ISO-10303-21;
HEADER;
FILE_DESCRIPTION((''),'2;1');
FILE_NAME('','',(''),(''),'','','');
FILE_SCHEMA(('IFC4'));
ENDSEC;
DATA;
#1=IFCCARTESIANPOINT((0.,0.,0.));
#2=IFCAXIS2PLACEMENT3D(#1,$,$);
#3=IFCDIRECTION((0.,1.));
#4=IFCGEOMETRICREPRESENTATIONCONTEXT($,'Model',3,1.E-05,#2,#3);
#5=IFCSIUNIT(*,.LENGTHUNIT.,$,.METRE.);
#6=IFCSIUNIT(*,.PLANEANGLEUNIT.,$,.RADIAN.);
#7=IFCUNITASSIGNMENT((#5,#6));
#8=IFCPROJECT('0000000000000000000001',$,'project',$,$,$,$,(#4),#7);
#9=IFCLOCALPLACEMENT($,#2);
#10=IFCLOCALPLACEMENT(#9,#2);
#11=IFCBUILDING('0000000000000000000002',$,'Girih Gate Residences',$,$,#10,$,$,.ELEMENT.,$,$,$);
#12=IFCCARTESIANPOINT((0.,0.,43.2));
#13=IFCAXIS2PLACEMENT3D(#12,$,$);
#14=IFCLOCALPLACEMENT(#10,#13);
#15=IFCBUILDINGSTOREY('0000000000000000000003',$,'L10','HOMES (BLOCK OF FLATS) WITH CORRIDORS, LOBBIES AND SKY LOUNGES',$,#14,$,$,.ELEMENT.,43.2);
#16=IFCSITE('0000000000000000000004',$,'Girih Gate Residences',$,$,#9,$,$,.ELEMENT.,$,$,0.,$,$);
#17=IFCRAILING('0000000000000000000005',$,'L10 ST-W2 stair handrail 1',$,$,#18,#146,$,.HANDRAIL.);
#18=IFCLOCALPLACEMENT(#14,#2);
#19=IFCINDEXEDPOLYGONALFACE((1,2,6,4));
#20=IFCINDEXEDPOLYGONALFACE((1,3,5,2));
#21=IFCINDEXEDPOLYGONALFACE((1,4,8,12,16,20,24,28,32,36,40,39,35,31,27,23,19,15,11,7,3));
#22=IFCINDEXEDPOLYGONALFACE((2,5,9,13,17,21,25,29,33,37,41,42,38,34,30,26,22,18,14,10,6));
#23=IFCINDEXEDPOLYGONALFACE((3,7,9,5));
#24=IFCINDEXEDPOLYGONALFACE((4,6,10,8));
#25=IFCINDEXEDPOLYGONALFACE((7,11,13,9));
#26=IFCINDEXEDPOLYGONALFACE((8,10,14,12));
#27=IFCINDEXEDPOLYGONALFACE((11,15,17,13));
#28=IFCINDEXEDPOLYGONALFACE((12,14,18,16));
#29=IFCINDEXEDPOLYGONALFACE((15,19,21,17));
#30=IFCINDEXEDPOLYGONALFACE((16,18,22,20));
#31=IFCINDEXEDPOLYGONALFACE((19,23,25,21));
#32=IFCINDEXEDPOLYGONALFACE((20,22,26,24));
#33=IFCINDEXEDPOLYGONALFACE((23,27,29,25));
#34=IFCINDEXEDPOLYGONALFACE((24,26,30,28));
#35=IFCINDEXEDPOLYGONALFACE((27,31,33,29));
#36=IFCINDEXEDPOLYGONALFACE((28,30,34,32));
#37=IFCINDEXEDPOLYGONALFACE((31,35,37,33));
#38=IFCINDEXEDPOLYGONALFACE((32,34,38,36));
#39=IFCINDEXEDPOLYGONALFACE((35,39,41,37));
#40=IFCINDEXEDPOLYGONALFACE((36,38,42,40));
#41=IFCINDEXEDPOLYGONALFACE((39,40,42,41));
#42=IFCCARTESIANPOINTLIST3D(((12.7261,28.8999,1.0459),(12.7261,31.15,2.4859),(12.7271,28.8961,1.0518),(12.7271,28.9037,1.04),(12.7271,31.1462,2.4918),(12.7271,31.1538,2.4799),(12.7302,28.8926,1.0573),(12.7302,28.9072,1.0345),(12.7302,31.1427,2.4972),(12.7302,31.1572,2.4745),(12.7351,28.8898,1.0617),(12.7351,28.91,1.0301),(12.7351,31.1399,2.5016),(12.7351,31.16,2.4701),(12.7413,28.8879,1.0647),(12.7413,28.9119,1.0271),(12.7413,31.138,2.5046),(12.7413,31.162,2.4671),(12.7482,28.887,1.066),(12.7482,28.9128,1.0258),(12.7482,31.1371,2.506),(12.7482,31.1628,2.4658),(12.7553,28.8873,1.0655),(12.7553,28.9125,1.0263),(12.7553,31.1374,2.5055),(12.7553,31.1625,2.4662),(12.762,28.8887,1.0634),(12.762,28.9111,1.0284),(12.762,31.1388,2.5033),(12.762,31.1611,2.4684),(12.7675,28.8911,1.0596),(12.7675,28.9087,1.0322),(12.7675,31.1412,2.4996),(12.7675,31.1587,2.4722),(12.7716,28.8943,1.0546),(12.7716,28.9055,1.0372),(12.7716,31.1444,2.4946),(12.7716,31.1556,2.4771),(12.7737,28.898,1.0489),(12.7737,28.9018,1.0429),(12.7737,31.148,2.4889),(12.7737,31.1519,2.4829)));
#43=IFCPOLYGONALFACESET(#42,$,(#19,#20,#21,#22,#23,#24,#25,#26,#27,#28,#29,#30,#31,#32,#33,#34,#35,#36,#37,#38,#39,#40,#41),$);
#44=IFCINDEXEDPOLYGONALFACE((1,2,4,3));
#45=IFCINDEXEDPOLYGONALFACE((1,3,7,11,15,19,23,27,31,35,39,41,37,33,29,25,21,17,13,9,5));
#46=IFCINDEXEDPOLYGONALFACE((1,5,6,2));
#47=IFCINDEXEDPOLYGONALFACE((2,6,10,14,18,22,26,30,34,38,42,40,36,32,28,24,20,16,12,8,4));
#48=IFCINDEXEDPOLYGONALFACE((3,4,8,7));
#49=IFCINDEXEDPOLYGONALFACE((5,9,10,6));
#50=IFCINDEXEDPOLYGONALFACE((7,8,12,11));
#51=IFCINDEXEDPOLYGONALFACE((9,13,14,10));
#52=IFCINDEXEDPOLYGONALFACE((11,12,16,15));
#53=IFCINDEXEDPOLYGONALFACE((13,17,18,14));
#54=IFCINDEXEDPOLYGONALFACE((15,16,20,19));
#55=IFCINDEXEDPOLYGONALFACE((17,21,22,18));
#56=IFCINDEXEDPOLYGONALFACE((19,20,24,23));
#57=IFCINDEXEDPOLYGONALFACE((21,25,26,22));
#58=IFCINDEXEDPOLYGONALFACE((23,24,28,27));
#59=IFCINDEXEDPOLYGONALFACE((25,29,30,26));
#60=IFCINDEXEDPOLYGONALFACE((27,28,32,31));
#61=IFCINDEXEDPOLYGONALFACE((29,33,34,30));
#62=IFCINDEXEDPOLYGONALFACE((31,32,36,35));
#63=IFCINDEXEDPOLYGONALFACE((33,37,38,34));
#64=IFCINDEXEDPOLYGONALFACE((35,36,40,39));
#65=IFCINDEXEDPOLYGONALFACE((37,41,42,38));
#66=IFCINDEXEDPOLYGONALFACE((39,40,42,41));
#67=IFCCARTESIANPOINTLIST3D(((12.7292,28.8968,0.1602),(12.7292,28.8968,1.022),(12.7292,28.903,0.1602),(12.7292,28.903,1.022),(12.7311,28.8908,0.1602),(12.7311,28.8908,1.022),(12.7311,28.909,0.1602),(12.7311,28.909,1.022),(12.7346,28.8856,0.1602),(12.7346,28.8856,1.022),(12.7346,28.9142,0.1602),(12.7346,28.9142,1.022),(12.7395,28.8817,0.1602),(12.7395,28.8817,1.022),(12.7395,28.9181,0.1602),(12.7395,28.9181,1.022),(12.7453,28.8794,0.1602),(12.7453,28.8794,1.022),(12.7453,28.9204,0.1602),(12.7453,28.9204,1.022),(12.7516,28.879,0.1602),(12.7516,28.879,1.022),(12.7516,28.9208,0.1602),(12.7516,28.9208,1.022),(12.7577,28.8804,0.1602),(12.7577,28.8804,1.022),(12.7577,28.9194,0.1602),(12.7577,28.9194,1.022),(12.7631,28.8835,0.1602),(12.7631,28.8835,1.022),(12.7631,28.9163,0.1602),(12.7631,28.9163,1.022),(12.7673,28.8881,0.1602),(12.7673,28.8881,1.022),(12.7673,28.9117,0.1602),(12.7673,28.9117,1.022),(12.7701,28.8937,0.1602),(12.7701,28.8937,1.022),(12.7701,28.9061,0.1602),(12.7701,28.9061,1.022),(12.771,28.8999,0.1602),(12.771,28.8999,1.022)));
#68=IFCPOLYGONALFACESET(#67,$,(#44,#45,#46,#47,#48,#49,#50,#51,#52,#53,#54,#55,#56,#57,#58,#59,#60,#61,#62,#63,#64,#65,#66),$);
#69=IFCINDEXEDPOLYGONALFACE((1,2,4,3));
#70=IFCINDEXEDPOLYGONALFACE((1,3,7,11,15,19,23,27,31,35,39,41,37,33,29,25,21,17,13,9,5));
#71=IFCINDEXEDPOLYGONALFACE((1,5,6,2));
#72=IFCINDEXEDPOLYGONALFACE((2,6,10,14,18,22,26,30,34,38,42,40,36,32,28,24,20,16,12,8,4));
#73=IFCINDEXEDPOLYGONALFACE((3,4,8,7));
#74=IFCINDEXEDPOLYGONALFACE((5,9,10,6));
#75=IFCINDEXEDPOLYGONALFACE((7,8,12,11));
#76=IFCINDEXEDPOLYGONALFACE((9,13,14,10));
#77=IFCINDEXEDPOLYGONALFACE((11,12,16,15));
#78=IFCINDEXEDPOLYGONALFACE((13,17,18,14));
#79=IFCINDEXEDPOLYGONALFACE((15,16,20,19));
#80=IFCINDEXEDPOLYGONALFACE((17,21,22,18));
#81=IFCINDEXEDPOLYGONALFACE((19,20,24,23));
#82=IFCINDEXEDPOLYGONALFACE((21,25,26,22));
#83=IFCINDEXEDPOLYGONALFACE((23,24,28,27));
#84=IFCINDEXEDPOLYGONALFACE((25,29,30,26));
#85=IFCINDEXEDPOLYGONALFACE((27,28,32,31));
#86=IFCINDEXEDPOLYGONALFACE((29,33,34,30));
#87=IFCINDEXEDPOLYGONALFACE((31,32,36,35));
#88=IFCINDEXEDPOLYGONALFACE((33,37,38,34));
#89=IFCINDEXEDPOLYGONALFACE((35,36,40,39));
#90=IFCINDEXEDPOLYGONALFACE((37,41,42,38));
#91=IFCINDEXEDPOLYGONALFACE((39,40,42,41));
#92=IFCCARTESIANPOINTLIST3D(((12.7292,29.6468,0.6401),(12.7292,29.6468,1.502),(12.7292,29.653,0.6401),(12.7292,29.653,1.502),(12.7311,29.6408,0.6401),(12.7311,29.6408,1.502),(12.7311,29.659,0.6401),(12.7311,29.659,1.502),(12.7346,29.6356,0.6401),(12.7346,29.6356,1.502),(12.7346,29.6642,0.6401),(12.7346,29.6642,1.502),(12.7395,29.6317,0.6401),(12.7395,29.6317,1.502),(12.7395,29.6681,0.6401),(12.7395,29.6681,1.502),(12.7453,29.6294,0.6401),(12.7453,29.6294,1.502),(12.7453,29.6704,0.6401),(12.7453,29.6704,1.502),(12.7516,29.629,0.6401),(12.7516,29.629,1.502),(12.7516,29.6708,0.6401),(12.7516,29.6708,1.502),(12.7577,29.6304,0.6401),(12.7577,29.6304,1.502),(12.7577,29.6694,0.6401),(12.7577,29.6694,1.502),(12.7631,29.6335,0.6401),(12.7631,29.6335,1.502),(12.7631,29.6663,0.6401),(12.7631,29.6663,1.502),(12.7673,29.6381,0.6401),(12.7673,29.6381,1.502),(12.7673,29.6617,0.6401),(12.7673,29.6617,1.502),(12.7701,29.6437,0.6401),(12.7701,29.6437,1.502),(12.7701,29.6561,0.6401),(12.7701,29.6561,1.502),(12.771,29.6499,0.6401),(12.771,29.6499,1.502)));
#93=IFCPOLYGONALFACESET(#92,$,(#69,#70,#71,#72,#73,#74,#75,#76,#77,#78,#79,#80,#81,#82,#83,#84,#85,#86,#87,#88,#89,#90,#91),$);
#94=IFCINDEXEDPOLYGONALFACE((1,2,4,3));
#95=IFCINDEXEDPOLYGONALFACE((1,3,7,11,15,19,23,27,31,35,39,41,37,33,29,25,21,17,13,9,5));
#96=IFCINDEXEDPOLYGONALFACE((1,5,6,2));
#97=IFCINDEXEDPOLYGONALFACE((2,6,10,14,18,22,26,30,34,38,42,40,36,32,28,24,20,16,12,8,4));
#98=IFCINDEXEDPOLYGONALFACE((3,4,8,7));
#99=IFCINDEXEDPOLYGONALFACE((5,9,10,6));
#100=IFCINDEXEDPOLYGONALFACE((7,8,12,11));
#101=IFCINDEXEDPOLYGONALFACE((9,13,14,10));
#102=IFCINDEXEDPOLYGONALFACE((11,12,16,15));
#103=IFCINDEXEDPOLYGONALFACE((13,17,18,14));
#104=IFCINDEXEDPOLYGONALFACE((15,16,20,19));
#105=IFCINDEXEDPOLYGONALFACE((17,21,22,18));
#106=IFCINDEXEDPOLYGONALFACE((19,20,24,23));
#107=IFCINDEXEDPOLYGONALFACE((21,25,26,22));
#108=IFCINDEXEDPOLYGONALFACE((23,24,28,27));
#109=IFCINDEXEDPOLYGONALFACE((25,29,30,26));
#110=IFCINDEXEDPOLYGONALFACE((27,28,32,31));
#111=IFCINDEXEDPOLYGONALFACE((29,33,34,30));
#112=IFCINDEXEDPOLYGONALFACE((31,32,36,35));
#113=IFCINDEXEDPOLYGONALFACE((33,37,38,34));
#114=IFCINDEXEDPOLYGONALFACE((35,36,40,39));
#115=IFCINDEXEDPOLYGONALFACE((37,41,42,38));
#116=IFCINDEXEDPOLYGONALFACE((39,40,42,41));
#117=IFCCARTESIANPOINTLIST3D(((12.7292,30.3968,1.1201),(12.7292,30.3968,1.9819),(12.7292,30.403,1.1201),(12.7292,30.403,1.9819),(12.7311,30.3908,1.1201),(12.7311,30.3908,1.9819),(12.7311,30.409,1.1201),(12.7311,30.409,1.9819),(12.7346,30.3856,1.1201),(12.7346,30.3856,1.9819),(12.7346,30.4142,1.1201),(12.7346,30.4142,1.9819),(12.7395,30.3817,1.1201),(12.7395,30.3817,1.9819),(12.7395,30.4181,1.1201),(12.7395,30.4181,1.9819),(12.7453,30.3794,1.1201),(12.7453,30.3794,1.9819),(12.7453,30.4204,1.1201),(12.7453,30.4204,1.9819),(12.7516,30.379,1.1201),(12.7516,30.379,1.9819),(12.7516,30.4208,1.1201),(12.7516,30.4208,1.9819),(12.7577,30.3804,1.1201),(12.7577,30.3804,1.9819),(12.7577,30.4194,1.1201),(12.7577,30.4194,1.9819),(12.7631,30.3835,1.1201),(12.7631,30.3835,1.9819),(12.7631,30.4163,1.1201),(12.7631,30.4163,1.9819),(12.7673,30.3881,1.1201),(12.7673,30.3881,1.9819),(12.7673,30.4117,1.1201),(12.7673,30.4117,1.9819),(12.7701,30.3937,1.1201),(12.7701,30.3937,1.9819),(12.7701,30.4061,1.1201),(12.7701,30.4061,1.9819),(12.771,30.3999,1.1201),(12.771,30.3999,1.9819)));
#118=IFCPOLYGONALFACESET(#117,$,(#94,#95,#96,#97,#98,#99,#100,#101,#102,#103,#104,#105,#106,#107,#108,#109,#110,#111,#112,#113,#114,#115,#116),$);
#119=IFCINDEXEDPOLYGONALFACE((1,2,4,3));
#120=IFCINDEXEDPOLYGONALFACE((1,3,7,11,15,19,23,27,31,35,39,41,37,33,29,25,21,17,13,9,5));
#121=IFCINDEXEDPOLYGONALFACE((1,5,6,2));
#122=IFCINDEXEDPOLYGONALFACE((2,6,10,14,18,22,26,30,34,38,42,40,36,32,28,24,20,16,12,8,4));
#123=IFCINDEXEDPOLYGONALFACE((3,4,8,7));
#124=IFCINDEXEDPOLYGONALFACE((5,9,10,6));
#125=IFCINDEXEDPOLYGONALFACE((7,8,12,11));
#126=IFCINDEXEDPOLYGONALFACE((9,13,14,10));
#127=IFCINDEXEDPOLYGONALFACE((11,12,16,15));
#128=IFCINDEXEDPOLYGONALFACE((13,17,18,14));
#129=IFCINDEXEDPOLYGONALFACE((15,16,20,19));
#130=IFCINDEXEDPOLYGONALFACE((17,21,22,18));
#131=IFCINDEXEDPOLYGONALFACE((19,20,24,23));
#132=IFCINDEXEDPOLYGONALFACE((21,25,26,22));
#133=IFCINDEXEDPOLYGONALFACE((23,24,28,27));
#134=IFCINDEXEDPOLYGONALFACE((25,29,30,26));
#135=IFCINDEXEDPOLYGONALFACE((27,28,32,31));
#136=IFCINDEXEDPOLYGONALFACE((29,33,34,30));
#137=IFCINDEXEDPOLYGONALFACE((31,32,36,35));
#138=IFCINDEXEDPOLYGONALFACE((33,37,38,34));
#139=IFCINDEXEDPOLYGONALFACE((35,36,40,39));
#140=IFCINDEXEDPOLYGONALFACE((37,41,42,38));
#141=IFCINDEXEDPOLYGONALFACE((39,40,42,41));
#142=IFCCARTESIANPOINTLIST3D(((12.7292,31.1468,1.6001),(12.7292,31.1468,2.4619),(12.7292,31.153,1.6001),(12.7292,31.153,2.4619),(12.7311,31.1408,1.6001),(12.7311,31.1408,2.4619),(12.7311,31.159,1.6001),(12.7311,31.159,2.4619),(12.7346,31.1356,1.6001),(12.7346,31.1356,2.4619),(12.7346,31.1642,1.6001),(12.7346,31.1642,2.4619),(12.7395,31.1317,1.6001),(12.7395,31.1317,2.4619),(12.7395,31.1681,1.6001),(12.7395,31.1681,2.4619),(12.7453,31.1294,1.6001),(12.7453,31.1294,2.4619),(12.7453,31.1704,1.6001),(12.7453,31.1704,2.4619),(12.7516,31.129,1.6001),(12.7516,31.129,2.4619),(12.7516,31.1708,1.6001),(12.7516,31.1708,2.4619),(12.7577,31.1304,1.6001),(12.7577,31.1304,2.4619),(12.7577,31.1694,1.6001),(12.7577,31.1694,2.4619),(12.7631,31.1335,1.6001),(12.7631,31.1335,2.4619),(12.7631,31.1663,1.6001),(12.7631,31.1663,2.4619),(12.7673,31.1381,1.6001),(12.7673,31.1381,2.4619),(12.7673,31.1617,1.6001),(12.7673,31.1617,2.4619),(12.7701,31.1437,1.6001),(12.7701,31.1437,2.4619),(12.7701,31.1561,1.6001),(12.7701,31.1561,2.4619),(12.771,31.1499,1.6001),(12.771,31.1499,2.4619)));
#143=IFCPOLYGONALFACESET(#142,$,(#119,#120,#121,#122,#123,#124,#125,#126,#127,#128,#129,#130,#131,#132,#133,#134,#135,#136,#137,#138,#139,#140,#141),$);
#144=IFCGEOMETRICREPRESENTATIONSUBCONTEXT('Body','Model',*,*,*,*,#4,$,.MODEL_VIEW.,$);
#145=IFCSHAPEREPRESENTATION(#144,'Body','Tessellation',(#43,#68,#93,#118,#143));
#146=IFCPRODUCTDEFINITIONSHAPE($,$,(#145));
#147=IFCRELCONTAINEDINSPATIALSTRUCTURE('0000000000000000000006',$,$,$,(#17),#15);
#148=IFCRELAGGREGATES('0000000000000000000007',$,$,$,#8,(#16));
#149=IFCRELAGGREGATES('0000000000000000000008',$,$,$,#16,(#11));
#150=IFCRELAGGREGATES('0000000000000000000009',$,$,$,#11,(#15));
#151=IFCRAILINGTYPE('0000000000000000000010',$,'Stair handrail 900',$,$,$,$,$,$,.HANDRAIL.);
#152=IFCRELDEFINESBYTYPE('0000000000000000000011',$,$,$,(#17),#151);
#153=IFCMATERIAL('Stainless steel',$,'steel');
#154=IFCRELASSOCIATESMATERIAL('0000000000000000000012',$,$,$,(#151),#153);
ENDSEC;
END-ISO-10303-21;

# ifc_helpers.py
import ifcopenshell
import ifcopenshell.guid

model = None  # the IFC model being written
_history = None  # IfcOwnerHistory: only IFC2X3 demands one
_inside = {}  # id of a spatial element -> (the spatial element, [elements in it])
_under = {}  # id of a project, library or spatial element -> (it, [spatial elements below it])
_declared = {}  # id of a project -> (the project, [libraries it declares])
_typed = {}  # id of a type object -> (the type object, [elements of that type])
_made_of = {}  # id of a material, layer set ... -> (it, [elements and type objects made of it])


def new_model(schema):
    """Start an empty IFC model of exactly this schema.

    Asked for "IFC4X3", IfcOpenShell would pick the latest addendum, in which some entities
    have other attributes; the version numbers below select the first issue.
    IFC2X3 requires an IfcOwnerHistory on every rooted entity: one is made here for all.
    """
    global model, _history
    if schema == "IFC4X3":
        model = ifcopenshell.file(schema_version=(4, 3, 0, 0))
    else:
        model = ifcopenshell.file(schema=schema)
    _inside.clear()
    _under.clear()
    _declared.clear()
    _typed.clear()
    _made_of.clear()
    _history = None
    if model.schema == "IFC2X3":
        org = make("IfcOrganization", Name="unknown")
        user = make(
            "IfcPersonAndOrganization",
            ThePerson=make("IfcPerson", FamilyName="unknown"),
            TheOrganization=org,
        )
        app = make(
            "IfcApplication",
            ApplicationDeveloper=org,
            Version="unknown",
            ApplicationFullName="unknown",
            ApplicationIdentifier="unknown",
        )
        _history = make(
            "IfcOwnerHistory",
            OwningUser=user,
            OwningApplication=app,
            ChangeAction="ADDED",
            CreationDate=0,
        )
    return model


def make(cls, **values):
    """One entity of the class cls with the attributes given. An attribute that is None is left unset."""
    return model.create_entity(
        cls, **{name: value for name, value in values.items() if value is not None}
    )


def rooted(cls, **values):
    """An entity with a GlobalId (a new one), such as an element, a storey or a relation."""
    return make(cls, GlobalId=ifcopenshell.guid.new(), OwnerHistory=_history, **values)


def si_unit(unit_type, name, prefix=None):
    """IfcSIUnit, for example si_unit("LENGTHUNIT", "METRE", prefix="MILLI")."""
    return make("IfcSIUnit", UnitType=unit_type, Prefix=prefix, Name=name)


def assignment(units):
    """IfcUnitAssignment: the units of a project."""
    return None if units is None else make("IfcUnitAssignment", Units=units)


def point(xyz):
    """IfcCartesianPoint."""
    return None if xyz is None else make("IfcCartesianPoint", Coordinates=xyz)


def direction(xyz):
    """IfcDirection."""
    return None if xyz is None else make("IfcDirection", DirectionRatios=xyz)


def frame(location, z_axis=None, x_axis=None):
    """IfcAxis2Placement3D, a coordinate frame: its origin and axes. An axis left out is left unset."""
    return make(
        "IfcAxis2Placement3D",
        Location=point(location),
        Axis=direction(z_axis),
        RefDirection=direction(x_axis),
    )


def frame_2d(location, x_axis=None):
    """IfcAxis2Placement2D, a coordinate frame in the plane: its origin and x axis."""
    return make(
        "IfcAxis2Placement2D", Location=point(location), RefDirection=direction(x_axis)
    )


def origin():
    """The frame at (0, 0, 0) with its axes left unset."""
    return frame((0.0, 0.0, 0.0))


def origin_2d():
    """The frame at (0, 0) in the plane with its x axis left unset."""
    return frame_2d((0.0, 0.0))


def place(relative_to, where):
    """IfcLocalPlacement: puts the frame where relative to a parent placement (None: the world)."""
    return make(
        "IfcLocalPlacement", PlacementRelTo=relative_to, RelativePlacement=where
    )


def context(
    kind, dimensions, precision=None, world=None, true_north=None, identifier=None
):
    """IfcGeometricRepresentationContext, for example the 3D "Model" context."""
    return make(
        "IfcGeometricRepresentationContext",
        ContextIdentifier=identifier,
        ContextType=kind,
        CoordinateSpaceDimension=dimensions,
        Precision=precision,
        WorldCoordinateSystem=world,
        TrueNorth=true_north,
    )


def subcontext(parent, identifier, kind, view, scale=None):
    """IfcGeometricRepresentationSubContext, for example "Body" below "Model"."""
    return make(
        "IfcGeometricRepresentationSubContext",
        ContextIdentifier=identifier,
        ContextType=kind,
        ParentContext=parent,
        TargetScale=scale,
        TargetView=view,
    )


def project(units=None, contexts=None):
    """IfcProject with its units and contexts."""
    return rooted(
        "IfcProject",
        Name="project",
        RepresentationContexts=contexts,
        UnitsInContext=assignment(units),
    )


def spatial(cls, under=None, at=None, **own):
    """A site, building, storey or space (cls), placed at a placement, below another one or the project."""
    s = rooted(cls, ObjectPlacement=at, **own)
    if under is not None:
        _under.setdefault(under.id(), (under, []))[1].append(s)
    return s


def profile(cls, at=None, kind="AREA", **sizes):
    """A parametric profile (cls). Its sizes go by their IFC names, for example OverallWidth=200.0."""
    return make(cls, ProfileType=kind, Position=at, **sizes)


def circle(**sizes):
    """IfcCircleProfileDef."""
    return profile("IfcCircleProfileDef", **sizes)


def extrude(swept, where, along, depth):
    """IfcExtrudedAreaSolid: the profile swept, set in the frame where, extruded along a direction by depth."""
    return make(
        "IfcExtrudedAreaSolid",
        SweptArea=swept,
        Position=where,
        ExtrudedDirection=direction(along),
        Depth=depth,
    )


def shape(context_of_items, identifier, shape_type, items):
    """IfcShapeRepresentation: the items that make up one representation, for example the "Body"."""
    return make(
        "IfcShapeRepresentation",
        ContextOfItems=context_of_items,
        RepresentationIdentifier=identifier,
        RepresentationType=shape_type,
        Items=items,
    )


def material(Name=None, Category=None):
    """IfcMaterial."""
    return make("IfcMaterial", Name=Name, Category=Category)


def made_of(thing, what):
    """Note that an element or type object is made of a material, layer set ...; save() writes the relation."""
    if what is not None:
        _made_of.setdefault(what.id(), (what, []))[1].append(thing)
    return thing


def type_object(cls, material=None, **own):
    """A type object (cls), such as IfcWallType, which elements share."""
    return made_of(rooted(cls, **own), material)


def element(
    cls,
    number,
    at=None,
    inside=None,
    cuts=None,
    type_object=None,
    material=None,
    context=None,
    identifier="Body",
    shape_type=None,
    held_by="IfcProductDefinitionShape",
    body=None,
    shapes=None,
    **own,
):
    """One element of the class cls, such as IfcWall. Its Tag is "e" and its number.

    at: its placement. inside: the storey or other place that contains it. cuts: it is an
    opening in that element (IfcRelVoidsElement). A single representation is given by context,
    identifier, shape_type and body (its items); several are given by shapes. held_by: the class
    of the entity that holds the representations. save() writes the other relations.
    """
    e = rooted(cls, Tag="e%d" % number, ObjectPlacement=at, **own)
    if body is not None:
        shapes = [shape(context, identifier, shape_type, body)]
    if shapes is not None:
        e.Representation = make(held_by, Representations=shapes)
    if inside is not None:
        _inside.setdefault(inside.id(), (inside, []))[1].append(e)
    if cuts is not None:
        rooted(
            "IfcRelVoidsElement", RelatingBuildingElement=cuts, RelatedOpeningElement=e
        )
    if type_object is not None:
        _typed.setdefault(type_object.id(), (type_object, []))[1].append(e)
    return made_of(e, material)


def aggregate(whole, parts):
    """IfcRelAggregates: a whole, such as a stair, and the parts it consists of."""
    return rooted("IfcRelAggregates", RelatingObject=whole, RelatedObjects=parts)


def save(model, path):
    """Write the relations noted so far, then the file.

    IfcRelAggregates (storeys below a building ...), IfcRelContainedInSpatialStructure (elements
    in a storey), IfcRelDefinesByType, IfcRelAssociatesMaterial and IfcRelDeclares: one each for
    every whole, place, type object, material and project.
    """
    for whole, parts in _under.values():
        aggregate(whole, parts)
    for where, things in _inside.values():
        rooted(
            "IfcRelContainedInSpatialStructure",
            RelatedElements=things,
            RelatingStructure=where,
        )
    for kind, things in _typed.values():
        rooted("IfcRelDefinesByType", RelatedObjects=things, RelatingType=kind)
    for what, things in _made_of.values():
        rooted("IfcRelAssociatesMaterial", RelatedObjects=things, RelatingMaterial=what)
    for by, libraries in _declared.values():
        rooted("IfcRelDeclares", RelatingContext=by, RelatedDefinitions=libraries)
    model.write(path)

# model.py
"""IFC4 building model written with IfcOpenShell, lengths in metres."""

from ifc_helpers import new_model, si_unit, direction, frame, origin, origin_2d, place, context, subcontext, project, spatial, circle, extrude, material, type_object, element, save


model = new_model("IFC4")

# Units and contexts
model_context = context("Model", 3, precision=1e-05, world=origin(), true_north=direction((0.0, 1.0)))
body_context = subcontext(model_context, "Body", "Model", "MODEL_VIEW")
ifc_project = project(units=[si_unit("LENGTHUNIT", "METRE"), si_unit("PLANEANGLEUNIT", "RADIAN")], contexts=[model_context])

# Site, building, storey
site_placement = place(None, origin())
site = spatial("IfcSite", under=ifc_project, at=site_placement, Name="Girih Gate Residences", CompositionType="ELEMENT", RefElevation=0.0)
building_placement = place(site_placement, origin())
building = spatial("IfcBuilding", under=site, at=building_placement, Name="Girih Gate Residences", CompositionType="ELEMENT")
storey_placement = place(building_placement, frame((0.0, 0.0, 43.2)))
storey = spatial("IfcBuildingStorey", under=building, at=storey_placement, Name="L10", Description="HOMES (BLOCK OF FLATS) WITH CORRIDORS, LOBBIES AND SKY LOUNGES", CompositionType="ELEMENT", Elevation=43.2)

# Railing
ifc_material_1 = material(Name="Stainless steel", Category="steel")
railing_type_1 = type_object("IfcRailingType", Name="Stair handrail 900", PredefinedType="HANDRAIL", material=ifc_material_1)
railing_1_placement = place(storey_placement, frame((12.75, 28.8999, 0.1602)))
element("IfcRailing", 1, at=railing_1_placement, inside=storey, type_object=railing_type_1, Name="L10 ST-W2 stair handrail 1", PredefinedType="HANDRAIL", context=body_context, shape_type="SweptSolid", body=[
    extrude(circle(Radius=0.0239, at=origin_2d()), frame((0.0, 0.0, 0.8857), z_axis=(0.0, 0.842281, 0.539038), x_axis=(-1.0, 0.0, 0.0)), (0.0, 0.0, 1.0), 2.6714),
    extrude(circle(Radius=0.021, at=origin_2d()), origin(), (0.0, 0.0, 1.0), 0.8618),
    extrude(circle(Radius=0.021, at=origin_2d()), frame((0.0, 0.75, 0.48)), (0.0, 0.0, 1.0), 0.8618),
    extrude(circle(Radius=0.021, at=origin_2d()), frame((0.0, 1.5, 0.96)), (0.0, 0.0, 1.0), 0.8618),
    extrude(circle(Radius=0.021, at=origin_2d()), frame((0.0, 2.25, 1.4399)), (0.0, 0.0, 1.0), 0.8618),
])

save(model, "model.ifc")
